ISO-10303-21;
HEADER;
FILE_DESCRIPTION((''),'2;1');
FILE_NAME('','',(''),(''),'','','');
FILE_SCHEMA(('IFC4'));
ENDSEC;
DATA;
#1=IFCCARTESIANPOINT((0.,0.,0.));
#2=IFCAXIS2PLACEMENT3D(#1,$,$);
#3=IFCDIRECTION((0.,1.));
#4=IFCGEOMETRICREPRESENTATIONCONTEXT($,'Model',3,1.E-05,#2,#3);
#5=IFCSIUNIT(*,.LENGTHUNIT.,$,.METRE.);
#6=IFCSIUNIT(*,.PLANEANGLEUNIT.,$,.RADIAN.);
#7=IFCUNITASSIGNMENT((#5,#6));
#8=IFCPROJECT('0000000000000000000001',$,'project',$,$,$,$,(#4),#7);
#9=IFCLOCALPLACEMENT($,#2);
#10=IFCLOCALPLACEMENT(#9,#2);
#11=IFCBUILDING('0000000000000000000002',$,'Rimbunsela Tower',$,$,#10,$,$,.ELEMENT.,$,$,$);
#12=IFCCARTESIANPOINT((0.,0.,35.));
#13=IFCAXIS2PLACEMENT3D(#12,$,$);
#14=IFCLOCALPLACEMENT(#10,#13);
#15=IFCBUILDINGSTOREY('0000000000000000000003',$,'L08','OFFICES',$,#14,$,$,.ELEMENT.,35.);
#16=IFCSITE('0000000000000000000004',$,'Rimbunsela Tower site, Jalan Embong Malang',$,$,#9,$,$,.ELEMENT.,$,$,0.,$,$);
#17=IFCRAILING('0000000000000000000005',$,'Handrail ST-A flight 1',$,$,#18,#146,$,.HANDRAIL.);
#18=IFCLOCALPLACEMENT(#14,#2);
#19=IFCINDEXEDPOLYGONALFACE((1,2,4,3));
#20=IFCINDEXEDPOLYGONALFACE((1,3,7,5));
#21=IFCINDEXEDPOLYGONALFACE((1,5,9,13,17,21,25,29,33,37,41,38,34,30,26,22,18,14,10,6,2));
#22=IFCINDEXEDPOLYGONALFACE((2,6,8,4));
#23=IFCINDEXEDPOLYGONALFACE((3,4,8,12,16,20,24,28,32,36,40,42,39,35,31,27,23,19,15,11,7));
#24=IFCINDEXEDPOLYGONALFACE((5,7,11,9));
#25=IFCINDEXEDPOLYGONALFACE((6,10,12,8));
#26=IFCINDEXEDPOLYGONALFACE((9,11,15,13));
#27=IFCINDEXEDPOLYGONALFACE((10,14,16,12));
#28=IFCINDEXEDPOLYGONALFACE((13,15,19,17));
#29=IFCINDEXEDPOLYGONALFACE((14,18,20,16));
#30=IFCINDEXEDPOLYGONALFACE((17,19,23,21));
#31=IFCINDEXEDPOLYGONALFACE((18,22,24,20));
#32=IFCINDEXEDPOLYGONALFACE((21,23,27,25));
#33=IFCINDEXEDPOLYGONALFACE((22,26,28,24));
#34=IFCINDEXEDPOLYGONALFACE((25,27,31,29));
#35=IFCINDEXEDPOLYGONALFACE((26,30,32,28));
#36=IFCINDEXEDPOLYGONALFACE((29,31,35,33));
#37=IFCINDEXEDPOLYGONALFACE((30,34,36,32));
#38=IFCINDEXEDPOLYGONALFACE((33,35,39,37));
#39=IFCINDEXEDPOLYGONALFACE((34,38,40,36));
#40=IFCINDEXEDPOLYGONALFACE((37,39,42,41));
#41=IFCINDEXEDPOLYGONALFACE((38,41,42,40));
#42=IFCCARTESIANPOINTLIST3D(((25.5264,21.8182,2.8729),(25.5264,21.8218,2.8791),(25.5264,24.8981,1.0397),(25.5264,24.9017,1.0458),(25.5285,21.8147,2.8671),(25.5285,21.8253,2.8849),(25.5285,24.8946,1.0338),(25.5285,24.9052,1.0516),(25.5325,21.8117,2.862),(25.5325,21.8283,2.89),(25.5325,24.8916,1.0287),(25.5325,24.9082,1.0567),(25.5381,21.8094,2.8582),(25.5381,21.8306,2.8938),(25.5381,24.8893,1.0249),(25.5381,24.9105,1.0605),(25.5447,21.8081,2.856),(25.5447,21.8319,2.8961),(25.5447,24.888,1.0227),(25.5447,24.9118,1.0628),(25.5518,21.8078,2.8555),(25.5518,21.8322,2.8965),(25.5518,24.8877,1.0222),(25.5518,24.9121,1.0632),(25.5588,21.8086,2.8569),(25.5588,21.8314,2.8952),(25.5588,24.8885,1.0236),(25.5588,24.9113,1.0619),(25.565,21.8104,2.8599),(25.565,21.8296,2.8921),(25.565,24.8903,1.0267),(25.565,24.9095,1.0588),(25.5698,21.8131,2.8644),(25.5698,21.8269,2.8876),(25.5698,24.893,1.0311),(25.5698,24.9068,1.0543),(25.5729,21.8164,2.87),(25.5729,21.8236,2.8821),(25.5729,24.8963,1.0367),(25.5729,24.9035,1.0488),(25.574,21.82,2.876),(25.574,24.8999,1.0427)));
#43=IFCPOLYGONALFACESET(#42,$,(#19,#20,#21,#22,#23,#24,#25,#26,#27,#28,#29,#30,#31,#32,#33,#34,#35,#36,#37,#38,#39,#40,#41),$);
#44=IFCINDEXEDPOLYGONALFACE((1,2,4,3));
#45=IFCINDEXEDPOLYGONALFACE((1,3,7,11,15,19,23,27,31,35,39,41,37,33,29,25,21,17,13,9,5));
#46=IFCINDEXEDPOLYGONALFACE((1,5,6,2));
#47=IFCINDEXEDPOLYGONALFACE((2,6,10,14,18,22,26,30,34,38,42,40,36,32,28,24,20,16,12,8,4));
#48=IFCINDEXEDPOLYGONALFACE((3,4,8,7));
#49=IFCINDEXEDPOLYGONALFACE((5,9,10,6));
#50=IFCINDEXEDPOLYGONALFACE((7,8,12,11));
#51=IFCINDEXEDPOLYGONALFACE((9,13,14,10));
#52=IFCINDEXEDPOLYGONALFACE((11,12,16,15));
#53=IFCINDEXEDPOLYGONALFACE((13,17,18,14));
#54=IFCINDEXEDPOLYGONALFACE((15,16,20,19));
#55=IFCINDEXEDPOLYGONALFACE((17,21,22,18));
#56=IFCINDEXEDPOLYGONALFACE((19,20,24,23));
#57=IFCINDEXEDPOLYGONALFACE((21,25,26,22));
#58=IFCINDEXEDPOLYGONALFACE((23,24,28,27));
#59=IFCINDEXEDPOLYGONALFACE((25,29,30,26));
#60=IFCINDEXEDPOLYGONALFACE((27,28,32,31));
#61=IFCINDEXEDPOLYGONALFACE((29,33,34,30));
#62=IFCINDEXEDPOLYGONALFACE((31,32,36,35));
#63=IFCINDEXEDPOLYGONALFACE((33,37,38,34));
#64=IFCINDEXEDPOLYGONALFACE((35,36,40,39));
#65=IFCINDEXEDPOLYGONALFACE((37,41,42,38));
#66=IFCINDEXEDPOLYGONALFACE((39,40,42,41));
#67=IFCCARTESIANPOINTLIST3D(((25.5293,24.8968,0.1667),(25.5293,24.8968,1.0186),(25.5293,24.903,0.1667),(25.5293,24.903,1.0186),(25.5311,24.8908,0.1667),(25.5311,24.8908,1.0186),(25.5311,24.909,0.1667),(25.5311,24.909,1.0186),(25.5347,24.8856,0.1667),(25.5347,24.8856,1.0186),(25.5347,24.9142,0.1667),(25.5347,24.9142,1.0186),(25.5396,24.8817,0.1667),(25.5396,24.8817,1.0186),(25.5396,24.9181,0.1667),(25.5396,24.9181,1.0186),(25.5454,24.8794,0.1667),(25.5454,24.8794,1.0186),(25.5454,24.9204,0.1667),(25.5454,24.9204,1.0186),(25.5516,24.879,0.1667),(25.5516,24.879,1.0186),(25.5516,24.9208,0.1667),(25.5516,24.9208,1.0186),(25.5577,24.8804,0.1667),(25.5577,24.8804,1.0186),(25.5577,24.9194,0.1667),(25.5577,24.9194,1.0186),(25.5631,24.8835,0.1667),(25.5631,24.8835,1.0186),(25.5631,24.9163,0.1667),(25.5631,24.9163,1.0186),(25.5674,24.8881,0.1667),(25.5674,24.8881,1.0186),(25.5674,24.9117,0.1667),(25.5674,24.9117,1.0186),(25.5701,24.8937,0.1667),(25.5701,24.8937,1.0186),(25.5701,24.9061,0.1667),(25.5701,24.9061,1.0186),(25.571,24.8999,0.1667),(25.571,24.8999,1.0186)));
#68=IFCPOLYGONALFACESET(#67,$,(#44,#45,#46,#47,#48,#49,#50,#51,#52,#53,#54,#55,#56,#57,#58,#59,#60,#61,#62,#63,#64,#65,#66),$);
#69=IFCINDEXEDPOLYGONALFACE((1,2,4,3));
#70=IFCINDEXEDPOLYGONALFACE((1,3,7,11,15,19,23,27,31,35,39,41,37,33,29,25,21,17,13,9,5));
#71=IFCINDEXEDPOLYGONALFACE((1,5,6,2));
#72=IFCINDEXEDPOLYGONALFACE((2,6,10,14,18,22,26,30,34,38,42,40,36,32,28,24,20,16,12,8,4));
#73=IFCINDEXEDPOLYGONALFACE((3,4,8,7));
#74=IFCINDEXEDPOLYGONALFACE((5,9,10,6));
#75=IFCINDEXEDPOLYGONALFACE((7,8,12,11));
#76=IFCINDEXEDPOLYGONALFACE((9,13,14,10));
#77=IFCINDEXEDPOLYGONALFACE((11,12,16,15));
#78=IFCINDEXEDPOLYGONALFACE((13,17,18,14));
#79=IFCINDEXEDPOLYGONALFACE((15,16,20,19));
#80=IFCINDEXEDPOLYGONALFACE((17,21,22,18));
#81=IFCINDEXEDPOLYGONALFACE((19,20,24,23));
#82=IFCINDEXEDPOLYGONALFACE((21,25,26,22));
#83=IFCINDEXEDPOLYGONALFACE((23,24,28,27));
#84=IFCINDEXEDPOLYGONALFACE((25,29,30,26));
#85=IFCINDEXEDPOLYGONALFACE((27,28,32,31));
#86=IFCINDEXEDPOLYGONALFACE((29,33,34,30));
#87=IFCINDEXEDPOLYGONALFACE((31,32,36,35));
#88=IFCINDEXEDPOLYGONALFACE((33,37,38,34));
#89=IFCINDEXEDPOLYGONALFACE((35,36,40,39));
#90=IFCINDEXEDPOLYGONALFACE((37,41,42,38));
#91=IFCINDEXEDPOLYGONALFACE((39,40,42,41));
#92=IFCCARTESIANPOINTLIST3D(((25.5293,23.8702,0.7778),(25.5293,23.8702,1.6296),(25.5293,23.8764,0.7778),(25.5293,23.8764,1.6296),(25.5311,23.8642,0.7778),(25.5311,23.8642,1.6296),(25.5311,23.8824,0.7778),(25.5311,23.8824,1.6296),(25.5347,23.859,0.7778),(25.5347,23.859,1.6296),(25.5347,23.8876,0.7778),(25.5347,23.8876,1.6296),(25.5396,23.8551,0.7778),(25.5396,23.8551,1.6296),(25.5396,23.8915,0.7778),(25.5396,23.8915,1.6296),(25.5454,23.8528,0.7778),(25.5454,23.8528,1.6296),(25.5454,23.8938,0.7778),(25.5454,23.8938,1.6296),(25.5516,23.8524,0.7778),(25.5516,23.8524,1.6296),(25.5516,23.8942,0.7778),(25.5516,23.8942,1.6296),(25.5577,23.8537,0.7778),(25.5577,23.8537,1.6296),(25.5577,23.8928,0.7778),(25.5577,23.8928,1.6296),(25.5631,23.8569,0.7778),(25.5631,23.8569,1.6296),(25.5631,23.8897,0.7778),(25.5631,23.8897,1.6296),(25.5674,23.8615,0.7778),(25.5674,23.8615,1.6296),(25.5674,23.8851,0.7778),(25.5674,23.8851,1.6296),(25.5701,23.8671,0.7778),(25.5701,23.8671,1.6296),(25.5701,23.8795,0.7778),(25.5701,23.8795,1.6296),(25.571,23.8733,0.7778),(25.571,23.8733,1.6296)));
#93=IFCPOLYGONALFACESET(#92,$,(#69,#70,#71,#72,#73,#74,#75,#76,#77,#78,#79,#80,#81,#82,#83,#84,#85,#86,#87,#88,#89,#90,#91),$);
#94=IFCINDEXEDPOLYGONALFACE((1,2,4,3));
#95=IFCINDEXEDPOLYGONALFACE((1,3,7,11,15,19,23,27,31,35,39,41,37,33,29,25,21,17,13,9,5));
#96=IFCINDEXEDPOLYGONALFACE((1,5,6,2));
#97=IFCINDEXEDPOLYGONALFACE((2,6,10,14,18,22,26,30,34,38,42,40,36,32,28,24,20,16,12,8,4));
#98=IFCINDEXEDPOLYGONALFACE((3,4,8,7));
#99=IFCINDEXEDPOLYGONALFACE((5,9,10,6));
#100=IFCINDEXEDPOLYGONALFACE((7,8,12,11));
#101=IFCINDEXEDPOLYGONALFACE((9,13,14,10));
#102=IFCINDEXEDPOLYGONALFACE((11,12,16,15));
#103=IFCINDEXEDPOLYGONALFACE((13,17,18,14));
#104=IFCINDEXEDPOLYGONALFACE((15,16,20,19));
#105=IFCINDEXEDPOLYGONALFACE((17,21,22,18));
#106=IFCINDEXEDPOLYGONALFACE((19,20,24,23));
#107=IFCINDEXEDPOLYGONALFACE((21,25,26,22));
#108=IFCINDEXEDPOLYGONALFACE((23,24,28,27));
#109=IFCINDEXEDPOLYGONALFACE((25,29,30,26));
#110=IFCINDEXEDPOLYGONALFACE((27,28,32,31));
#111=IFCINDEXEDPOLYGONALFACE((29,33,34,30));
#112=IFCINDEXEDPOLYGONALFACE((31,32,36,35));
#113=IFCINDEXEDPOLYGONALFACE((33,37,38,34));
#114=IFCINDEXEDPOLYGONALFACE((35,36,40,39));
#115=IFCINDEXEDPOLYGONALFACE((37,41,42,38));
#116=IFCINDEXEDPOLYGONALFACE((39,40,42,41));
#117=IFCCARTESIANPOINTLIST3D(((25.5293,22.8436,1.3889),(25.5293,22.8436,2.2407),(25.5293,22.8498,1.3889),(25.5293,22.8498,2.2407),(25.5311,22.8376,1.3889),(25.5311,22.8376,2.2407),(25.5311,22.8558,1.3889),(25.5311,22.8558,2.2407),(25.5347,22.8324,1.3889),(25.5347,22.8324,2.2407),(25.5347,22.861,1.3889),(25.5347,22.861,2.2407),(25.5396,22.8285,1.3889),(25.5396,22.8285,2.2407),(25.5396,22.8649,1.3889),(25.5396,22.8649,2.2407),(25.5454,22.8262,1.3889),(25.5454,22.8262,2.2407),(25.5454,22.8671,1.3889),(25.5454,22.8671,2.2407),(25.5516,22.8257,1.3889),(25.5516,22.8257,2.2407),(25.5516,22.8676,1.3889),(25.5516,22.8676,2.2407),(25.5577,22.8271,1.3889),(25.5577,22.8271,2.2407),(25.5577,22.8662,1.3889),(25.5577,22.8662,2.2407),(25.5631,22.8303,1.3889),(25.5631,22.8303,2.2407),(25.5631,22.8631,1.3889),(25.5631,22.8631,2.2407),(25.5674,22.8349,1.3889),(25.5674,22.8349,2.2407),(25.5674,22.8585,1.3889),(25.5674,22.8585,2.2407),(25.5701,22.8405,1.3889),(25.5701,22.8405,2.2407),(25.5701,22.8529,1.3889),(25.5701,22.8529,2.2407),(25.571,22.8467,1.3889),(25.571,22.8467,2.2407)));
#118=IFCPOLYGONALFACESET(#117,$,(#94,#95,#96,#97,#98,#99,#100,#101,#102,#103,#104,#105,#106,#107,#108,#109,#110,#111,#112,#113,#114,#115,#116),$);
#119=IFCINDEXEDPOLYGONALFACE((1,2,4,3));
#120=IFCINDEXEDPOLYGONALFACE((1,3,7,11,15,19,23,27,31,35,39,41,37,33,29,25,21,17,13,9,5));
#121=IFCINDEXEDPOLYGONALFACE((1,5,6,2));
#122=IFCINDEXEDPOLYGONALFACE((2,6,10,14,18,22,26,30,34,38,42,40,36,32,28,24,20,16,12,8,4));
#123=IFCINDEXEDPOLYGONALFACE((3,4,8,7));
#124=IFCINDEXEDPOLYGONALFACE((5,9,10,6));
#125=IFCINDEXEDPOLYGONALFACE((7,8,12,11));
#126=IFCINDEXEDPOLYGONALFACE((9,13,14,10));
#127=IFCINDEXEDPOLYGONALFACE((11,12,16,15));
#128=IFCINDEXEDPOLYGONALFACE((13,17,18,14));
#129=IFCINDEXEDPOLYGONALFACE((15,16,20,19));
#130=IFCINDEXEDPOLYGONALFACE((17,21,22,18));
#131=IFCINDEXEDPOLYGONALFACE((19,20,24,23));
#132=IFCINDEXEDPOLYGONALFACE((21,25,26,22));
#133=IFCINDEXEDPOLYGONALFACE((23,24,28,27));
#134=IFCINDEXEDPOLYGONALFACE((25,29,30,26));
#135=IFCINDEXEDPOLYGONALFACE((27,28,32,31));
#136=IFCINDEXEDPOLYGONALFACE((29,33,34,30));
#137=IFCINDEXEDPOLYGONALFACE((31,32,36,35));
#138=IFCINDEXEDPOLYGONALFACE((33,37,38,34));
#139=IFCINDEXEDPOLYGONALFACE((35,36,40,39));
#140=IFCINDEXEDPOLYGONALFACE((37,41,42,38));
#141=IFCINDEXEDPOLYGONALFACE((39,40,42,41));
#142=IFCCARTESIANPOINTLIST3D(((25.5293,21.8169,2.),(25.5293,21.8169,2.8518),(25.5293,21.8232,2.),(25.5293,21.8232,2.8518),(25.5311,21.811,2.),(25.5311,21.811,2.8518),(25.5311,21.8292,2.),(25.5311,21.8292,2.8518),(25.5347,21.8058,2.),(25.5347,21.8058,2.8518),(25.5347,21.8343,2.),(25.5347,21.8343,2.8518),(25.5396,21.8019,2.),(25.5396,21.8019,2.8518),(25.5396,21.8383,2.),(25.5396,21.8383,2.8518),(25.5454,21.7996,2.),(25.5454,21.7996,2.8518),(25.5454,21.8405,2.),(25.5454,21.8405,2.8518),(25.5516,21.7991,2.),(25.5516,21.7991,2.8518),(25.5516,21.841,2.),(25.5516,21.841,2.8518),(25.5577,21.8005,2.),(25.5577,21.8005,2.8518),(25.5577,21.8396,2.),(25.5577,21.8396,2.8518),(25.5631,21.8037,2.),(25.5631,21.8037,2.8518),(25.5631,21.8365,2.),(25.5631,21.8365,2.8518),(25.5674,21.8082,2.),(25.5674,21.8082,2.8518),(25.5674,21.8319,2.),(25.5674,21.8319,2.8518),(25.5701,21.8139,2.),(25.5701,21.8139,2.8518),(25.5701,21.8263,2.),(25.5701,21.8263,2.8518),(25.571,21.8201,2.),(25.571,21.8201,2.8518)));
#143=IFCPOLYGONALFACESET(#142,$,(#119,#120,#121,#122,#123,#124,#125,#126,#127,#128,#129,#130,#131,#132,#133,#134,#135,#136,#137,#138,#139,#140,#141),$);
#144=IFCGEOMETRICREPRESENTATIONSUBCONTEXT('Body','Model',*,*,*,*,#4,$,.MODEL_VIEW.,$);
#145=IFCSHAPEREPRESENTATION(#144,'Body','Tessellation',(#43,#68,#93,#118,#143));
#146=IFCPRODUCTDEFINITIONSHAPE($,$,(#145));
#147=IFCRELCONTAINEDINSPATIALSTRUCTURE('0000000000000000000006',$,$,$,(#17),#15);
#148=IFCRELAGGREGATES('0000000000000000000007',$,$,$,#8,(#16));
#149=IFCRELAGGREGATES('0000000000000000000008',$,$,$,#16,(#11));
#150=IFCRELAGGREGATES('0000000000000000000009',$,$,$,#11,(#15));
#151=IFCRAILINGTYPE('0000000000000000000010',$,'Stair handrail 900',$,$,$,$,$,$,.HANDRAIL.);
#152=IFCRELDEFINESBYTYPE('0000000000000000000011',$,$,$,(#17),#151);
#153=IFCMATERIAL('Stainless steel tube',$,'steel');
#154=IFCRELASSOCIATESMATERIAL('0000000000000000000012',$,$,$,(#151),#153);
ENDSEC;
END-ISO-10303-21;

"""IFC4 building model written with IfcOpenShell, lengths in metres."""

from ifc_helpers import new_model, si_unit, direction, frame, origin, origin_2d, place, context, subcontext, project, spatial, circle, extrude, material, type_object, element, save


model = new_model("IFC4")

# Units and contexts
model_context = context("Model", 3, precision=1e-05, world=origin(), true_north=direction((0.0, 1.0)))
body_context = subcontext(model_context, "Body", "Model", "MODEL_VIEW")
ifc_project = project(units=[si_unit("LENGTHUNIT", "METRE"), si_unit("PLANEANGLEUNIT", "RADIAN")], contexts=[model_context])

# Site, building, storey
site_placement = place(None, origin())
site = spatial("IfcSite", under=ifc_project, at=site_placement, Name="Rimbunsela Tower site, Jalan Embong Malang", CompositionType="ELEMENT", RefElevation=0.0)
building_placement = place(site_placement, origin())
building = spatial("IfcBuilding", under=site, at=building_placement, Name="Rimbunsela Tower", CompositionType="ELEMENT")
storey_placement = place(building_placement, frame((0.0, 0.0, 35.0)))
storey = spatial("IfcBuildingStorey", under=building, at=storey_placement, Name="L08", Description="OFFICES", CompositionType="ELEMENT", Elevation=35.0)

# Railing
ifc_material_1 = material(Name="Stainless steel tube", Category="steel")
railing_type = type_object("IfcRailingType", Name="Stair handrail 900", PredefinedType="HANDRAIL", material=ifc_material_1)
railing_1_placement = place(storey_placement, frame((25.55, 24.8999, 0.1667)))
element("IfcRailing", 1, at=railing_1_placement, inside=storey, type_object=railing_type, Name="Handrail ST-A flight 1", PredefinedType="HANDRAIL", context=body_context, shape_type="SweptSolid", body=[
    extrude(circle(Radius=0.0239, at=origin_2d()), frame((0.0, 0.0, 0.876), z_axis=(0.0, -0.859291, 0.511487), x_axis=(1.0, 0.0, 0.0)), (0.0, 0.0, 1.0), 3.5842),
    extrude(circle(Radius=0.021, at=origin_2d()), origin(), (0.0, 0.0, 1.0), 0.8518),
    extrude(circle(Radius=0.021, at=origin_2d()), frame((0.0, -1.0266, 0.6111)), (0.0, 0.0, 1.0), 0.8518),
    extrude(circle(Radius=0.021, at=origin_2d()), frame((0.0, -2.0532, 1.2222)), (0.0, 0.0, 1.0), 0.8518),
    extrude(circle(Radius=0.021, at=origin_2d()), frame((0.0, -3.0798, 1.8333)), (0.0, 0.0, 1.0), 0.8518),
])

save(model, "model.ifc")
